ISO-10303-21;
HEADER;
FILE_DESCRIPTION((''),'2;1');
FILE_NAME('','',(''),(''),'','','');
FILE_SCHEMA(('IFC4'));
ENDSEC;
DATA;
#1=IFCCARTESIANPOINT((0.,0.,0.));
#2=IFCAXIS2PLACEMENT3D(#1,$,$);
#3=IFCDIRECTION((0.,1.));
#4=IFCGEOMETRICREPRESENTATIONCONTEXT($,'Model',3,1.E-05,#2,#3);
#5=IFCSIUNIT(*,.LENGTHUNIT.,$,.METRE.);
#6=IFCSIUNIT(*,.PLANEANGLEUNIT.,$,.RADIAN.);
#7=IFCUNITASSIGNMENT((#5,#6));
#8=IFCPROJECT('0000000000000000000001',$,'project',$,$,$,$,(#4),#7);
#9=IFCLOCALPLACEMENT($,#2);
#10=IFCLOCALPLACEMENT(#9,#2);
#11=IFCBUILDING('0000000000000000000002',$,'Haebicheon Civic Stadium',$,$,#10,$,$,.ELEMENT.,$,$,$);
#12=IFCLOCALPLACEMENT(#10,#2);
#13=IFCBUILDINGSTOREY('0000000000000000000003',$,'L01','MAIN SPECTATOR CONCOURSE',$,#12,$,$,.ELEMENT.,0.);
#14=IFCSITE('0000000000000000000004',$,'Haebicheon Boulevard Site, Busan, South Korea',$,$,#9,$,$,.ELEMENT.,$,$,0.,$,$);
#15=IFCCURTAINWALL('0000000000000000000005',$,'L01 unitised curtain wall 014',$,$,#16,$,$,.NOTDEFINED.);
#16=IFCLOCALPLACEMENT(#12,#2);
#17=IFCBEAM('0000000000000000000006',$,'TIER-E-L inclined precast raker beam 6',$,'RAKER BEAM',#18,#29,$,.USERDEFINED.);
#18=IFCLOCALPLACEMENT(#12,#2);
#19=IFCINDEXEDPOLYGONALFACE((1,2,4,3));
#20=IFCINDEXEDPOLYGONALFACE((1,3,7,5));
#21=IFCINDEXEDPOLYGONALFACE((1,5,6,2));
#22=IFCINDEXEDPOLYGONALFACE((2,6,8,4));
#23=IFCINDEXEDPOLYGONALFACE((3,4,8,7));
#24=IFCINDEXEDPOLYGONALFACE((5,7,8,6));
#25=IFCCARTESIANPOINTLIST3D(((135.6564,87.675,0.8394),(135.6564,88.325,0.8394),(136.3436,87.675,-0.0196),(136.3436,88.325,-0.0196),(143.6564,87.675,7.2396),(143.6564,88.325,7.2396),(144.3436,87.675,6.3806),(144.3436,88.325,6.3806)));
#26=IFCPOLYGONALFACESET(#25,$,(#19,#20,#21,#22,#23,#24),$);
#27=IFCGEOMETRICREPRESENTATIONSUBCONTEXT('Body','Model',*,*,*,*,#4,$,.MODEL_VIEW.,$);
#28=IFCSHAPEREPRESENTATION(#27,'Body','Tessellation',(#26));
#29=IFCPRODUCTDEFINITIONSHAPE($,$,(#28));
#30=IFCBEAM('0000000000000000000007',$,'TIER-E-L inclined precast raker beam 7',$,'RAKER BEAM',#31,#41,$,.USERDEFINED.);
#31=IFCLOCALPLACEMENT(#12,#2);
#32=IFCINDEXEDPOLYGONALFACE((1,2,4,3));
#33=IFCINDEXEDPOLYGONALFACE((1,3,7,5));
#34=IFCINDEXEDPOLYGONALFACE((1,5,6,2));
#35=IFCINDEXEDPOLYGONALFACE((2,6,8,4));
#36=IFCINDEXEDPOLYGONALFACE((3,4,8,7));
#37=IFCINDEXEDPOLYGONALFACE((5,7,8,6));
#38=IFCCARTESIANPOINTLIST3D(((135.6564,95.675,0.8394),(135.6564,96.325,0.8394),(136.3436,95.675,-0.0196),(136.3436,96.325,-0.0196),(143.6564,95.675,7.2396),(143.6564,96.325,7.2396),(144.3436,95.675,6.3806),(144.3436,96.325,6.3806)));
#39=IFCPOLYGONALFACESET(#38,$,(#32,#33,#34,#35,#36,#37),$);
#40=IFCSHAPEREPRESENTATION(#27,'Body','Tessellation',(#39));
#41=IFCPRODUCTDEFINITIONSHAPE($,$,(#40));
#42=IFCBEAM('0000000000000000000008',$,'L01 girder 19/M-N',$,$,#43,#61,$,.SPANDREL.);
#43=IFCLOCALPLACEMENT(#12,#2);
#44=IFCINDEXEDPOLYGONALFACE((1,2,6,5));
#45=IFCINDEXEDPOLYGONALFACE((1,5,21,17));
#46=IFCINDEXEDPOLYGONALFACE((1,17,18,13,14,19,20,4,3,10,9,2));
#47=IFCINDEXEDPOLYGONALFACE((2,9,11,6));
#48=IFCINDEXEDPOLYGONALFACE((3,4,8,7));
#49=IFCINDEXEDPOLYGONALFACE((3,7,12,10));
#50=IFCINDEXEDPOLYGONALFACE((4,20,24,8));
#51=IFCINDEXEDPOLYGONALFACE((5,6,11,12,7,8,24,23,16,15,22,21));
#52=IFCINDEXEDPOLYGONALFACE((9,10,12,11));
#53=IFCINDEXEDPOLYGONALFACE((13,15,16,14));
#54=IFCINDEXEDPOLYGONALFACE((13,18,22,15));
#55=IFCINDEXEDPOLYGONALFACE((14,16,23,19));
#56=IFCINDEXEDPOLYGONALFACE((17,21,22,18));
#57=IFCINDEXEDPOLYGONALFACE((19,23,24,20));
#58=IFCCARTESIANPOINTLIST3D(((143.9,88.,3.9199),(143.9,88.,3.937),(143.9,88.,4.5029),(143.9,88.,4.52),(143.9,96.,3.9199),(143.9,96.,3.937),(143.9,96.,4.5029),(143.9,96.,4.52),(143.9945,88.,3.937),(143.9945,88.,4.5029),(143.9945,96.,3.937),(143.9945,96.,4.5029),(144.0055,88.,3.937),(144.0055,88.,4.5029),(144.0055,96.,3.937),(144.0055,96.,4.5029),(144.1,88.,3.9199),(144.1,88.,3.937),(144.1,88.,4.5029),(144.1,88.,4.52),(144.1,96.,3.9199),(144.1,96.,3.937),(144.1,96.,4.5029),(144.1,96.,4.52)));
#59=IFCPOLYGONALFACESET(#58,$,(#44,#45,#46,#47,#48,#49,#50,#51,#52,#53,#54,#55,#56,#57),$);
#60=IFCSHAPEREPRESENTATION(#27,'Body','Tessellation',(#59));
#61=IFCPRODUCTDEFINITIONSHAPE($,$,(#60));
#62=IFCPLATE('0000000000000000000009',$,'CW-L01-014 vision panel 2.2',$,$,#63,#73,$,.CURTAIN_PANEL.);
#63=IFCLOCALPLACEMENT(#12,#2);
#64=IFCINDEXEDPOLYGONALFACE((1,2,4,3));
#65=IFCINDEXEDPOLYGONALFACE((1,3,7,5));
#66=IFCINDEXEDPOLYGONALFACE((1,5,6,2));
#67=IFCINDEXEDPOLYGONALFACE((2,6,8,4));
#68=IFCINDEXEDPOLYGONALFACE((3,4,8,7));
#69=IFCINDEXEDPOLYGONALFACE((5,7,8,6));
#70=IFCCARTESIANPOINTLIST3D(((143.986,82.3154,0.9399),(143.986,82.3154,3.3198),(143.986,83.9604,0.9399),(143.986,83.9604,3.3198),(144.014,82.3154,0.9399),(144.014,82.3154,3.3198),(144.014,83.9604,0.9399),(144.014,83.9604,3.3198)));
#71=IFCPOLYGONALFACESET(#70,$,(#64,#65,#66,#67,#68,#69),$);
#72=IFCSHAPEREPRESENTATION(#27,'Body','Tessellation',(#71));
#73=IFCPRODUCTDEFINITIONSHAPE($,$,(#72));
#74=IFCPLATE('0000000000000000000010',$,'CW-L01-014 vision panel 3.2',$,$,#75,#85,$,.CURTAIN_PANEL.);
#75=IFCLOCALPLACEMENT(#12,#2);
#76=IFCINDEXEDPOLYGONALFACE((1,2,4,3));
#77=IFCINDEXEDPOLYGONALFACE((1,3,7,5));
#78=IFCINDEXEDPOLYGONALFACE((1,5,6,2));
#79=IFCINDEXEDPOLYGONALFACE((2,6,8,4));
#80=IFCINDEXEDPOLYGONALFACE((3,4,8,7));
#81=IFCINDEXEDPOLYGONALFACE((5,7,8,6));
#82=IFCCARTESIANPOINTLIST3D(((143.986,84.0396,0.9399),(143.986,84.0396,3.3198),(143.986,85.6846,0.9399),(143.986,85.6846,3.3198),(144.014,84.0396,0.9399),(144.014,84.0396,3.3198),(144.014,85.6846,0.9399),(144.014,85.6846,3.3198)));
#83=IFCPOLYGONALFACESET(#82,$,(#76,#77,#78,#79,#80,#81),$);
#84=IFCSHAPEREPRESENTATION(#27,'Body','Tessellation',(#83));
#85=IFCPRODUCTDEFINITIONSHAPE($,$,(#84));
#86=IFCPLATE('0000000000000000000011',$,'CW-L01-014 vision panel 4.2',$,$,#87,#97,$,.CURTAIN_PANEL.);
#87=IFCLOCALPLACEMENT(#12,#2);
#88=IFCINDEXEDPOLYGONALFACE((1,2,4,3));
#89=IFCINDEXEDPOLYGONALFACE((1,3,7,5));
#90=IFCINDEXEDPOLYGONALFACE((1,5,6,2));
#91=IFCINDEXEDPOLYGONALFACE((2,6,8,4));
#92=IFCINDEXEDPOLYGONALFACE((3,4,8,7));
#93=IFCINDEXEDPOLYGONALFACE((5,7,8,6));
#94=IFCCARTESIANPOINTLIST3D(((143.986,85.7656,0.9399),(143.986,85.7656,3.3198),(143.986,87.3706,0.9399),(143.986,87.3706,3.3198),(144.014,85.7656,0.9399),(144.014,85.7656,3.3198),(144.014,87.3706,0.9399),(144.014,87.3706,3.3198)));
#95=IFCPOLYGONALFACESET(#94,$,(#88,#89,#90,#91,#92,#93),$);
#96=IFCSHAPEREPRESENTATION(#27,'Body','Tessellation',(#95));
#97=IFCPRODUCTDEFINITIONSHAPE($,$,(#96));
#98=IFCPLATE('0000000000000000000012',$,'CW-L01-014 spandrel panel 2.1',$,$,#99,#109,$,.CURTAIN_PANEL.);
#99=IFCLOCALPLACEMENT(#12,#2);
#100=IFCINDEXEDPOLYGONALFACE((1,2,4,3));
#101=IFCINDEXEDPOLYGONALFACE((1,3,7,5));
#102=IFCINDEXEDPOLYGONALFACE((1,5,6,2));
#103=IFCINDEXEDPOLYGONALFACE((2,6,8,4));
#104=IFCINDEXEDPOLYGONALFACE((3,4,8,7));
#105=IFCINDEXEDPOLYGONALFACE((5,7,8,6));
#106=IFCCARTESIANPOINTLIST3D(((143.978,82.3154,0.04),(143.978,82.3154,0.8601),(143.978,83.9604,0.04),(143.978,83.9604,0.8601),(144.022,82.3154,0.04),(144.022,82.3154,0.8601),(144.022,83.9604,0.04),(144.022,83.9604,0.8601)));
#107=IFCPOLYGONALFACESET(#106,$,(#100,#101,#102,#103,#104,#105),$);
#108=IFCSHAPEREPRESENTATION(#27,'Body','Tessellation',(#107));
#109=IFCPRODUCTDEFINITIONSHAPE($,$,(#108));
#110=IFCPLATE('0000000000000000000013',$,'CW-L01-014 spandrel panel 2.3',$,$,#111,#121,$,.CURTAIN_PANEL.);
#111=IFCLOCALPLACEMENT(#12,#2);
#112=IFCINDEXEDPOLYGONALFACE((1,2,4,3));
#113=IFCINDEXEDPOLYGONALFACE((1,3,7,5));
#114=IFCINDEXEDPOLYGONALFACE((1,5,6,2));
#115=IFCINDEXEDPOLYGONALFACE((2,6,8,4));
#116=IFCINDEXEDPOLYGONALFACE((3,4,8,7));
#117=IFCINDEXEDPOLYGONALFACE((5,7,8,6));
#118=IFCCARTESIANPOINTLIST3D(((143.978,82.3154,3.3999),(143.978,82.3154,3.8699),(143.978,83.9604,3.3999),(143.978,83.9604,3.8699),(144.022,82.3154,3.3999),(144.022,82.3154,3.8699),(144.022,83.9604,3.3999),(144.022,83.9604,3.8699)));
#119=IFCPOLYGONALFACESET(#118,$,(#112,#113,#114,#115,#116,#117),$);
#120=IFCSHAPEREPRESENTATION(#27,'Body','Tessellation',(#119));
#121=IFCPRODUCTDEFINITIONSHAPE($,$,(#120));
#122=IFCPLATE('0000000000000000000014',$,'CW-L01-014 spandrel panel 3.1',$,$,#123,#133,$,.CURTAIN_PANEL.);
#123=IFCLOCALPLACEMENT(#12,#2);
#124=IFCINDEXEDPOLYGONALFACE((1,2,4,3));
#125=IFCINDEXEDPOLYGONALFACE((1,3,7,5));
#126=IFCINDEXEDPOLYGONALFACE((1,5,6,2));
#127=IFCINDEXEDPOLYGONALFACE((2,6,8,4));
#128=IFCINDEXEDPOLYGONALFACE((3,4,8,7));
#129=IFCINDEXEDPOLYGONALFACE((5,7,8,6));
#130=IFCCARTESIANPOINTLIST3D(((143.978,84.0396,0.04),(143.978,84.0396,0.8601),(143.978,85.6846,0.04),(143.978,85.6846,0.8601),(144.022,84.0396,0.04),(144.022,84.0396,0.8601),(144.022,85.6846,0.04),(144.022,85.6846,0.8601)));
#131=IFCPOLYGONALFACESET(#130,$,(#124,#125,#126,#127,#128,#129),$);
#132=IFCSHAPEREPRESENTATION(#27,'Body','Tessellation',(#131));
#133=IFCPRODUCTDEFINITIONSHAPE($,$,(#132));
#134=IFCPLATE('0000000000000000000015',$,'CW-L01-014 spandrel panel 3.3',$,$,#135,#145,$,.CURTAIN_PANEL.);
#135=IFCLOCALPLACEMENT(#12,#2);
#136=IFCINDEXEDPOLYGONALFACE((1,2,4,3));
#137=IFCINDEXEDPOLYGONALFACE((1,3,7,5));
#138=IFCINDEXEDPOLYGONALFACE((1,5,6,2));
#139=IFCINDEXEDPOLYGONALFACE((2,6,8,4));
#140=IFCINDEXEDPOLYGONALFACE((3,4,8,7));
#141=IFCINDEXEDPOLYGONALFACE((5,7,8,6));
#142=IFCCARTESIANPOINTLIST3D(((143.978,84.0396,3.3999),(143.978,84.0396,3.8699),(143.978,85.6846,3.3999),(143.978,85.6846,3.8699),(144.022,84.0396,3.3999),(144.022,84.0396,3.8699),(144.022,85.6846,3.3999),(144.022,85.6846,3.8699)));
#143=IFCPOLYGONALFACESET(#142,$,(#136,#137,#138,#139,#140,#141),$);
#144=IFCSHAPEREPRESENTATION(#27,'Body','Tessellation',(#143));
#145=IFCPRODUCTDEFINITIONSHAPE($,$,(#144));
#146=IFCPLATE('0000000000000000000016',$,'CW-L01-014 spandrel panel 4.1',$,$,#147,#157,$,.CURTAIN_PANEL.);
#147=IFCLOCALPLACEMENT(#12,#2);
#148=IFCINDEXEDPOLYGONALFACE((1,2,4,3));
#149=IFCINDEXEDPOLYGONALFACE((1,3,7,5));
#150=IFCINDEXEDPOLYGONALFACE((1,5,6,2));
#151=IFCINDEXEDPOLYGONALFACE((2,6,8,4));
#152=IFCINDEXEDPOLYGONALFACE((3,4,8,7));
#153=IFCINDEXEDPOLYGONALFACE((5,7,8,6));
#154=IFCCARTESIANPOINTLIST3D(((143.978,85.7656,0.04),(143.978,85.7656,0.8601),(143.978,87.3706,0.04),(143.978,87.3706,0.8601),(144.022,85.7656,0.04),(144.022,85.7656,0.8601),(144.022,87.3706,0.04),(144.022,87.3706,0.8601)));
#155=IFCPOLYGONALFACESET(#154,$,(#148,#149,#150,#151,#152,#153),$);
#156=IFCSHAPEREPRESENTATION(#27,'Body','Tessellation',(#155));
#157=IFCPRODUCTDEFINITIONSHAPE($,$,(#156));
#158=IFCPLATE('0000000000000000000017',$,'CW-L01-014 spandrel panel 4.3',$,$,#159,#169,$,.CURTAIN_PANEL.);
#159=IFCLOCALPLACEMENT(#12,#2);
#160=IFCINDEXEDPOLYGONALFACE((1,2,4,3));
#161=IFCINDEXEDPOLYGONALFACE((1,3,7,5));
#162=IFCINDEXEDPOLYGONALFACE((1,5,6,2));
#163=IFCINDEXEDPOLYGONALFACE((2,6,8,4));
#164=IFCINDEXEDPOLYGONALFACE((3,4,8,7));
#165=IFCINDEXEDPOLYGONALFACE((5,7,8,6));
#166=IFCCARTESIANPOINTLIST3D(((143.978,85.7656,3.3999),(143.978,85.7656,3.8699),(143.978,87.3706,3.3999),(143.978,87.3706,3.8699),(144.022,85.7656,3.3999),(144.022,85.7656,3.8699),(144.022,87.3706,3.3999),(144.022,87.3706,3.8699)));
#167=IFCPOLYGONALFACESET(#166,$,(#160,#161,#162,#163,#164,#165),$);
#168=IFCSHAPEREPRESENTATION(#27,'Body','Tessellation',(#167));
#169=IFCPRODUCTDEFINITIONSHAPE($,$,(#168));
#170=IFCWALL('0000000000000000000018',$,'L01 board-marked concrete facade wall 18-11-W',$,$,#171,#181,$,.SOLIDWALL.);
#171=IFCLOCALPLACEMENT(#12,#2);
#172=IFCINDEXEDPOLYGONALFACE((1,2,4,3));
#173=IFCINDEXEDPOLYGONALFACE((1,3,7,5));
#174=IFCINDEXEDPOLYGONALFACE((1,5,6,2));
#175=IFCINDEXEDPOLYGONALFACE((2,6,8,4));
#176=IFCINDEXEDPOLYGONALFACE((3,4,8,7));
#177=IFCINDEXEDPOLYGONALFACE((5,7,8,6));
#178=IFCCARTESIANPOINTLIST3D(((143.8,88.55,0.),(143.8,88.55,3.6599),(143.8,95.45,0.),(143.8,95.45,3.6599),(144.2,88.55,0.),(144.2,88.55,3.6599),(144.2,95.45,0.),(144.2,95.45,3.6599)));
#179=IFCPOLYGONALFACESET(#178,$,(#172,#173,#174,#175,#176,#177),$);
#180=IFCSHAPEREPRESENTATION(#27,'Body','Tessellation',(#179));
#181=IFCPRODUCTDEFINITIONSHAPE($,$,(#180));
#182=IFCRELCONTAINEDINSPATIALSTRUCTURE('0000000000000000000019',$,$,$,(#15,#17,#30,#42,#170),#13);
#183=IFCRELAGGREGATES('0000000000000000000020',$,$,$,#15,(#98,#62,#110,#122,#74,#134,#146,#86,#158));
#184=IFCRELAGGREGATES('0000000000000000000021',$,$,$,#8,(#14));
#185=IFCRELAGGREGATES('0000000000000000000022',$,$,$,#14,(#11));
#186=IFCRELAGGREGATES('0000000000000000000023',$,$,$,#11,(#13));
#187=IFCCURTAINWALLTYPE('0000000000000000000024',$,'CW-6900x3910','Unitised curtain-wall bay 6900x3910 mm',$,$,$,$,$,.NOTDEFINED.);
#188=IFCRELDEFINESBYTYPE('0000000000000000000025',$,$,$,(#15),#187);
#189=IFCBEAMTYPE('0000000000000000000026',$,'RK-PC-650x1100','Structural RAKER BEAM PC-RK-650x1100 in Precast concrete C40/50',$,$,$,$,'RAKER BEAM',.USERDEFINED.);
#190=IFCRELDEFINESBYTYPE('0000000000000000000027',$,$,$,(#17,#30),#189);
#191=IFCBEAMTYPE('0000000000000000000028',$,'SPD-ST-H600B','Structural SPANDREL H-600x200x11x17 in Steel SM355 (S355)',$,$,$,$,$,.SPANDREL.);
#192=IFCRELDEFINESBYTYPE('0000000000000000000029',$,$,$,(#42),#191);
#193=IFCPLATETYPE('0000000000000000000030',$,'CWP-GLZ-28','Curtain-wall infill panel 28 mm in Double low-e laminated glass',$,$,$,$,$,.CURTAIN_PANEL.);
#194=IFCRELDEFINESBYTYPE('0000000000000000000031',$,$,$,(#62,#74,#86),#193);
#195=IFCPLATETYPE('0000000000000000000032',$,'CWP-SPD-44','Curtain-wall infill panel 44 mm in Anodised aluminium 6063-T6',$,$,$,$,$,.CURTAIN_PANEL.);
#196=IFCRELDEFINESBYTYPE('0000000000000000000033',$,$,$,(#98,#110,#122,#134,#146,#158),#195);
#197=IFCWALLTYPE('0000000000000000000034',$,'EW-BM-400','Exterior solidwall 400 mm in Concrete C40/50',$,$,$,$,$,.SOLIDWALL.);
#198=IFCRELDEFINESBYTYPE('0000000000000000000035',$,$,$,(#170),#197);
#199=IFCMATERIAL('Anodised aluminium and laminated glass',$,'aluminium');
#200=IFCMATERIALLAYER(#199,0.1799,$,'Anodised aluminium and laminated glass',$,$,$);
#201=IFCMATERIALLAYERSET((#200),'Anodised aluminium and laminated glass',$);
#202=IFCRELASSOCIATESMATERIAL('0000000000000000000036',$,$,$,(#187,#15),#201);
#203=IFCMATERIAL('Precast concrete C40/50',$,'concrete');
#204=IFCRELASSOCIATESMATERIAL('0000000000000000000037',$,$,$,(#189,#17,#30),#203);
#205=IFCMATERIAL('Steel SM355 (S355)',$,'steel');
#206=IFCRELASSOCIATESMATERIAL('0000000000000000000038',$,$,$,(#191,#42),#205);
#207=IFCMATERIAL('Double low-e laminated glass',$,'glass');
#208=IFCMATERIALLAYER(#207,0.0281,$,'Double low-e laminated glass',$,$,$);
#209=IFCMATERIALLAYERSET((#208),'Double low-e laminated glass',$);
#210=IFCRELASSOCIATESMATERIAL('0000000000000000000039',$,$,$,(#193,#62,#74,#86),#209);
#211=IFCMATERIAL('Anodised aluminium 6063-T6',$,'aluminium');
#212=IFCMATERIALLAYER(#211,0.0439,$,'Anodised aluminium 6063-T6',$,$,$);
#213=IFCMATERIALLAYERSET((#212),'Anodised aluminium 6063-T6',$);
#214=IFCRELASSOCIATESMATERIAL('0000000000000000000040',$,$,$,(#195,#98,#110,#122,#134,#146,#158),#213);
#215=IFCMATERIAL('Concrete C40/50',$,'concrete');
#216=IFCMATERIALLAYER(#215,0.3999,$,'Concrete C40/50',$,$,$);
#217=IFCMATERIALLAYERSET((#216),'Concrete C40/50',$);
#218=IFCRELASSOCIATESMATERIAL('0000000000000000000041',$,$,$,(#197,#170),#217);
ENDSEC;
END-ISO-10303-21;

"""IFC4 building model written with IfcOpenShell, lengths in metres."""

from ifc_helpers import new_model, si_unit, direction, frame, frame_2d, origin, origin_2d, place, context, subcontext, project, spatial, rectangle, i_section, extrude, material, layer, layer_set, material_profile, profile_set, type_object, element, aggregate, save


model = new_model("IFC4")

# Units and contexts
model_context = context("Model", 3, precision=1e-05, world=origin(), true_north=direction((0.0, 1.0)))
body_context = subcontext(model_context, "Body", "Model", "MODEL_VIEW")
ifc_project = project(units=[si_unit("LENGTHUNIT", "METRE"), si_unit("PLANEANGLEUNIT", "RADIAN")], contexts=[model_context])

# Site, building, storey
site_placement = place(None, origin())
site = spatial("IfcSite", under=ifc_project, at=site_placement, Name="Haebicheon Boulevard Site, Busan, South Korea", CompositionType="ELEMENT", RefElevation=0.0)
building_placement = place(site_placement, origin())
building = spatial("IfcBuilding", under=site, at=building_placement, Name="Haebicheon Civic Stadium", CompositionType="ELEMENT")
storey_placement = place(building_placement, origin())
storey = spatial("IfcBuildingStorey", under=building, at=storey_placement, Name="L01", Description="MAIN SPECTATOR CONCOURSE", CompositionType="ELEMENT", Elevation=0.0)

# Curtain wall
ifc_material_1 = material(Name="Anodised aluminium and laminated glass", Category="aluminium")
ifc_layer_1 = layer(ifc_material_1, 0.1799, Name="Anodised aluminium and laminated glass")
ifc_layer_set_1 = layer_set([ifc_layer_1], Name="Anodised aluminium and laminated glass")
curtain_wall_type = type_object("IfcCurtainWallType", Name="CW-6900x3910", Description="Unitised curtain-wall bay 6900x3910 mm", PredefinedType="NOTDEFINED", material=ifc_layer_set_1)
curtain_wall_placement = place(storey_placement, origin())
curtain_wall = element("IfcCurtainWall", 1, at=curtain_wall_placement, inside=storey, type_object=curtain_wall_type, material=ifc_layer_set_1, Name="L01 unitised curtain wall 014", PredefinedType="NOTDEFINED")

# Beams
ifc_material_2 = material(Name="Precast concrete C40/50", Category="concrete")
ifc_material_profile_1 = material_profile(ifc_material_2, rectangle(XDim=0.6499, YDim=1.1001, at=origin_2d()), Name="PC-RK-650x1100")
ifc_profile_set_1 = profile_set([ifc_material_profile_1], Name="Precast concrete C40/50")
beam_type_1 = type_object("IfcBeamType", Name="RK-PC-650x1100", Description="Structural RAKER BEAM PC-RK-650x1100 in Precast concrete C40/50", ElementType="RAKER BEAM", PredefinedType="USERDEFINED", material=ifc_profile_set_1)
for number, where, z_axis, x_axis, name in (
    (2, (136.0, 88.0, 0.4099), (0.780862, 0.0, 0.624704), (0.0, 1.0, 0.0), "TIER-E-L inclined precast raker beam 6"),
    (3, (136.0, 96.0, 0.4099), (0.780862, 0.0, 0.624704), (0.0, 1.0, 0.0), "TIER-E-L inclined precast raker beam 7"),
):
    element("IfcBeam", number, at=place(storey_placement, frame(where, z_axis=z_axis, x_axis=x_axis)), inside=storey, type_object=beam_type_1, material=ifc_profile_set_1, Name=name, ObjectType="RAKER BEAM", PredefinedType="USERDEFINED", context=body_context, shape_type="SweptSolid", body=[
        extrude(rectangle(XDim=0.6499, YDim=1.1001, at=origin_2d()), origin(), (0.0, 0.0, 1.0), 10.2451),
    ])
ifc_material_3 = material(Name="Steel SM355 (S355)", Category="steel")
ifc_material_profile_2 = material_profile(ifc_material_3, i_section(OverallWidth=0.2, OverallDepth=0.6001, WebThickness=0.011, FlangeThickness=0.0171, at=origin_2d()), Name="H-600x200x11x17")
ifc_profile_set_2 = profile_set([ifc_material_profile_2], Name="Steel SM355 (S355)")
beam_type_2 = type_object("IfcBeamType", Name="SPD-ST-H600B", Description="Structural SPANDREL H-600x200x11x17 in Steel SM355 (S355)", PredefinedType="SPANDREL", material=ifc_profile_set_2)
beam_1_placement = place(storey_placement, frame((144.0, 88.0, 4.22), z_axis=(0.0, 1.0, 0.0), x_axis=(-1.0, 0.0, 0.0)))
element("IfcBeam", 4, at=beam_1_placement, inside=storey, type_object=beam_type_2, material=ifc_profile_set_2, Name="L01 girder 19/M-N", PredefinedType="SPANDREL", context=body_context, shape_type="SweptSolid", body=[
    extrude(i_section(OverallWidth=0.2, OverallDepth=0.6001, WebThickness=0.011, FlangeThickness=0.0171, at=origin_2d()), origin(), (0.0, 0.0, 1.0), 8.0),
])

# Plates
ifc_material_4 = material(Name="Double low-e laminated glass", Category="glass")
ifc_layer_2 = layer(ifc_material_4, 0.0281, Name="Double low-e laminated glass")
ifc_layer_set_2 = layer_set([ifc_layer_2], Name="Double low-e laminated glass")
plate_type_1 = type_object("IfcPlateType", Name="CWP-GLZ-28", Description="Curtain-wall infill panel 28 mm in Double low-e laminated glass", PredefinedType="CURTAIN_PANEL", material=ifc_layer_set_2)
plate_1_placement = place(storey_placement, frame((144.0, 83.1379, 0.9399), z_axis=(0.0, 0.0, 1.0), x_axis=(0.0, 1.0, 0.0)))
plate_1 = element("IfcPlate", 5, at=plate_1_placement, type_object=plate_type_1, material=ifc_layer_set_2, Name="CW-L01-014 vision panel 2.2", PredefinedType="CURTAIN_PANEL", context=body_context, shape_type="SweptSolid", body=[
    extrude(rectangle(XDim=1.645, YDim=0.0281, at=origin_2d()), origin(), (0.0, 0.0, 1.0), 2.3799),
])
plate_2_placement = place(storey_placement, frame((144.0, 84.8621, 0.9399), z_axis=(0.0, 0.0, 1.0), x_axis=(0.0, 1.0, 0.0)))
plate_2 = element("IfcPlate", 6, at=plate_2_placement, type_object=plate_type_1, material=ifc_layer_set_2, Name="CW-L01-014 vision panel 3.2", PredefinedType="CURTAIN_PANEL", context=body_context, shape_type="SweptSolid", body=[
    extrude(rectangle(XDim=1.645, YDim=0.0281, at=origin_2d()), origin(), (0.0, 0.0, 1.0), 2.3799),
])
plate_3_placement = place(storey_placement, frame((144.0, 86.5681, 0.9399), z_axis=(0.0, 0.0, 1.0), x_axis=(0.0, 1.0, 0.0)))
plate_3 = element("IfcPlate", 7, at=plate_3_placement, type_object=plate_type_1, material=ifc_layer_set_2, Name="CW-L01-014 vision panel 4.2", PredefinedType="CURTAIN_PANEL", context=body_context, shape_type="SweptSolid", body=[
    extrude(rectangle(XDim=1.605, YDim=0.0281, at=origin_2d()), origin(), (0.0, 0.0, 1.0), 2.3799),
])
ifc_material_5 = material(Name="Anodised aluminium 6063-T6", Category="aluminium")
ifc_layer_3 = layer(ifc_material_5, 0.0439, Name="Anodised aluminium 6063-T6")
ifc_layer_set_3 = layer_set([ifc_layer_3], Name="Anodised aluminium 6063-T6")
plate_type_2 = type_object("IfcPlateType", Name="CWP-SPD-44", Description="Curtain-wall infill panel 44 mm in Anodised aluminium 6063-T6", PredefinedType="CURTAIN_PANEL", material=ifc_layer_set_3)
plate_4_placement = place(storey_placement, frame((144.0, 83.1379, 0.04), z_axis=(0.0, 0.0, 1.0), x_axis=(0.0, 1.0, 0.0)))
plate_4 = element("IfcPlate", 8, at=plate_4_placement, type_object=plate_type_2, material=ifc_layer_set_3, Name="CW-L01-014 spandrel panel 2.1", PredefinedType="CURTAIN_PANEL", context=body_context, shape_type="SweptSolid", body=[
    extrude(rectangle(XDim=1.645, YDim=0.0439, at=origin_2d()), origin(), (0.0, 0.0, 1.0), 0.8201),
])
plate_5_placement = place(storey_placement, frame((144.0, 83.1379, 3.3999), z_axis=(0.0, 0.0, 1.0), x_axis=(0.0, 1.0, 0.0)))
plate_5 = element("IfcPlate", 9, at=plate_5_placement, type_object=plate_type_2, material=ifc_layer_set_3, Name="CW-L01-014 spandrel panel 2.3", PredefinedType="CURTAIN_PANEL", context=body_context, shape_type="SweptSolid", body=[
    extrude(rectangle(XDim=1.645, YDim=0.0439, at=origin_2d()), origin(), (0.0, 0.0, 1.0), 0.47),
])
plate_6_placement = place(storey_placement, frame((144.0, 84.8621, 0.04), z_axis=(0.0, 0.0, 1.0), x_axis=(0.0, 1.0, 0.0)))
plate_6 = element("IfcPlate", 10, at=plate_6_placement, type_object=plate_type_2, material=ifc_layer_set_3, Name="CW-L01-014 spandrel panel 3.1", PredefinedType="CURTAIN_PANEL", context=body_context, shape_type="SweptSolid", body=[
    extrude(rectangle(XDim=1.645, YDim=0.0439, at=origin_2d()), origin(), (0.0, 0.0, 1.0), 0.8201),
])
plate_7_placement = place(storey_placement, frame((144.0, 84.8621, 3.3999), z_axis=(0.0, 0.0, 1.0), x_axis=(0.0, 1.0, 0.0)))
plate_7 = element("IfcPlate", 11, at=plate_7_placement, type_object=plate_type_2, material=ifc_layer_set_3, Name="CW-L01-014 spandrel panel 3.3", PredefinedType="CURTAIN_PANEL", context=body_context, shape_type="SweptSolid", body=[
    extrude(rectangle(XDim=1.645, YDim=0.0439, at=origin_2d()), origin(), (0.0, 0.0, 1.0), 0.47),
])
plate_8_placement = place(storey_placement, frame((144.0, 86.5681, 0.04), z_axis=(0.0, 0.0, 1.0), x_axis=(0.0, 1.0, 0.0)))
plate_8 = element("IfcPlate", 12, at=plate_8_placement, type_object=plate_type_2, material=ifc_layer_set_3, Name="CW-L01-014 spandrel panel 4.1", PredefinedType="CURTAIN_PANEL", context=body_context, shape_type="SweptSolid", body=[
    extrude(rectangle(XDim=1.605, YDim=0.0439, at=origin_2d()), origin(), (0.0, 0.0, 1.0), 0.8201),
])
plate_9_placement = place(storey_placement, frame((144.0, 86.5681, 3.3999), z_axis=(0.0, 0.0, 1.0), x_axis=(0.0, 1.0, 0.0)))
plate_9 = element("IfcPlate", 13, at=plate_9_placement, type_object=plate_type_2, material=ifc_layer_set_3, Name="CW-L01-014 spandrel panel 4.3", PredefinedType="CURTAIN_PANEL", context=body_context, shape_type="SweptSolid", body=[
    extrude(rectangle(XDim=1.605, YDim=0.0439, at=origin_2d()), origin(), (0.0, 0.0, 1.0), 0.47),
])
aggregate(curtain_wall, [plate_4, plate_1, plate_5, plate_6, plate_2, plate_7, plate_8, plate_3, plate_9])

# Wall
ifc_material_6 = material(Name="Concrete C40/50", Category="concrete")
ifc_layer_4 = layer(ifc_material_6, 0.3999, Name="Concrete C40/50")
ifc_layer_set_4 = layer_set([ifc_layer_4], Name="Concrete C40/50")
wall_type = type_object("IfcWallType", Name="EW-BM-400", Description="Exterior solidwall 400 mm in Concrete C40/50", PredefinedType="SOLIDWALL", material=ifc_layer_set_4)
wall_placement = place(storey_placement, frame((144.0, 88.55, 0.0), z_axis=(0.0, 0.0, 1.0), x_axis=(0.0, 1.0, 0.0)))
element("IfcWall", 14, at=wall_placement, inside=storey, type_object=wall_type, material=ifc_layer_set_4, Name="L01 board-marked concrete facade wall 18-11-W", PredefinedType="SOLIDWALL", context=body_context, shape_type="SweptSolid", body=[
    extrude(rectangle(XDim=6.8999, YDim=0.3999, at=frame_2d((3.45, 0.0))), origin(), (0.0, 0.0, 1.0), 3.6599),
])

save(model, "model.ifc")
